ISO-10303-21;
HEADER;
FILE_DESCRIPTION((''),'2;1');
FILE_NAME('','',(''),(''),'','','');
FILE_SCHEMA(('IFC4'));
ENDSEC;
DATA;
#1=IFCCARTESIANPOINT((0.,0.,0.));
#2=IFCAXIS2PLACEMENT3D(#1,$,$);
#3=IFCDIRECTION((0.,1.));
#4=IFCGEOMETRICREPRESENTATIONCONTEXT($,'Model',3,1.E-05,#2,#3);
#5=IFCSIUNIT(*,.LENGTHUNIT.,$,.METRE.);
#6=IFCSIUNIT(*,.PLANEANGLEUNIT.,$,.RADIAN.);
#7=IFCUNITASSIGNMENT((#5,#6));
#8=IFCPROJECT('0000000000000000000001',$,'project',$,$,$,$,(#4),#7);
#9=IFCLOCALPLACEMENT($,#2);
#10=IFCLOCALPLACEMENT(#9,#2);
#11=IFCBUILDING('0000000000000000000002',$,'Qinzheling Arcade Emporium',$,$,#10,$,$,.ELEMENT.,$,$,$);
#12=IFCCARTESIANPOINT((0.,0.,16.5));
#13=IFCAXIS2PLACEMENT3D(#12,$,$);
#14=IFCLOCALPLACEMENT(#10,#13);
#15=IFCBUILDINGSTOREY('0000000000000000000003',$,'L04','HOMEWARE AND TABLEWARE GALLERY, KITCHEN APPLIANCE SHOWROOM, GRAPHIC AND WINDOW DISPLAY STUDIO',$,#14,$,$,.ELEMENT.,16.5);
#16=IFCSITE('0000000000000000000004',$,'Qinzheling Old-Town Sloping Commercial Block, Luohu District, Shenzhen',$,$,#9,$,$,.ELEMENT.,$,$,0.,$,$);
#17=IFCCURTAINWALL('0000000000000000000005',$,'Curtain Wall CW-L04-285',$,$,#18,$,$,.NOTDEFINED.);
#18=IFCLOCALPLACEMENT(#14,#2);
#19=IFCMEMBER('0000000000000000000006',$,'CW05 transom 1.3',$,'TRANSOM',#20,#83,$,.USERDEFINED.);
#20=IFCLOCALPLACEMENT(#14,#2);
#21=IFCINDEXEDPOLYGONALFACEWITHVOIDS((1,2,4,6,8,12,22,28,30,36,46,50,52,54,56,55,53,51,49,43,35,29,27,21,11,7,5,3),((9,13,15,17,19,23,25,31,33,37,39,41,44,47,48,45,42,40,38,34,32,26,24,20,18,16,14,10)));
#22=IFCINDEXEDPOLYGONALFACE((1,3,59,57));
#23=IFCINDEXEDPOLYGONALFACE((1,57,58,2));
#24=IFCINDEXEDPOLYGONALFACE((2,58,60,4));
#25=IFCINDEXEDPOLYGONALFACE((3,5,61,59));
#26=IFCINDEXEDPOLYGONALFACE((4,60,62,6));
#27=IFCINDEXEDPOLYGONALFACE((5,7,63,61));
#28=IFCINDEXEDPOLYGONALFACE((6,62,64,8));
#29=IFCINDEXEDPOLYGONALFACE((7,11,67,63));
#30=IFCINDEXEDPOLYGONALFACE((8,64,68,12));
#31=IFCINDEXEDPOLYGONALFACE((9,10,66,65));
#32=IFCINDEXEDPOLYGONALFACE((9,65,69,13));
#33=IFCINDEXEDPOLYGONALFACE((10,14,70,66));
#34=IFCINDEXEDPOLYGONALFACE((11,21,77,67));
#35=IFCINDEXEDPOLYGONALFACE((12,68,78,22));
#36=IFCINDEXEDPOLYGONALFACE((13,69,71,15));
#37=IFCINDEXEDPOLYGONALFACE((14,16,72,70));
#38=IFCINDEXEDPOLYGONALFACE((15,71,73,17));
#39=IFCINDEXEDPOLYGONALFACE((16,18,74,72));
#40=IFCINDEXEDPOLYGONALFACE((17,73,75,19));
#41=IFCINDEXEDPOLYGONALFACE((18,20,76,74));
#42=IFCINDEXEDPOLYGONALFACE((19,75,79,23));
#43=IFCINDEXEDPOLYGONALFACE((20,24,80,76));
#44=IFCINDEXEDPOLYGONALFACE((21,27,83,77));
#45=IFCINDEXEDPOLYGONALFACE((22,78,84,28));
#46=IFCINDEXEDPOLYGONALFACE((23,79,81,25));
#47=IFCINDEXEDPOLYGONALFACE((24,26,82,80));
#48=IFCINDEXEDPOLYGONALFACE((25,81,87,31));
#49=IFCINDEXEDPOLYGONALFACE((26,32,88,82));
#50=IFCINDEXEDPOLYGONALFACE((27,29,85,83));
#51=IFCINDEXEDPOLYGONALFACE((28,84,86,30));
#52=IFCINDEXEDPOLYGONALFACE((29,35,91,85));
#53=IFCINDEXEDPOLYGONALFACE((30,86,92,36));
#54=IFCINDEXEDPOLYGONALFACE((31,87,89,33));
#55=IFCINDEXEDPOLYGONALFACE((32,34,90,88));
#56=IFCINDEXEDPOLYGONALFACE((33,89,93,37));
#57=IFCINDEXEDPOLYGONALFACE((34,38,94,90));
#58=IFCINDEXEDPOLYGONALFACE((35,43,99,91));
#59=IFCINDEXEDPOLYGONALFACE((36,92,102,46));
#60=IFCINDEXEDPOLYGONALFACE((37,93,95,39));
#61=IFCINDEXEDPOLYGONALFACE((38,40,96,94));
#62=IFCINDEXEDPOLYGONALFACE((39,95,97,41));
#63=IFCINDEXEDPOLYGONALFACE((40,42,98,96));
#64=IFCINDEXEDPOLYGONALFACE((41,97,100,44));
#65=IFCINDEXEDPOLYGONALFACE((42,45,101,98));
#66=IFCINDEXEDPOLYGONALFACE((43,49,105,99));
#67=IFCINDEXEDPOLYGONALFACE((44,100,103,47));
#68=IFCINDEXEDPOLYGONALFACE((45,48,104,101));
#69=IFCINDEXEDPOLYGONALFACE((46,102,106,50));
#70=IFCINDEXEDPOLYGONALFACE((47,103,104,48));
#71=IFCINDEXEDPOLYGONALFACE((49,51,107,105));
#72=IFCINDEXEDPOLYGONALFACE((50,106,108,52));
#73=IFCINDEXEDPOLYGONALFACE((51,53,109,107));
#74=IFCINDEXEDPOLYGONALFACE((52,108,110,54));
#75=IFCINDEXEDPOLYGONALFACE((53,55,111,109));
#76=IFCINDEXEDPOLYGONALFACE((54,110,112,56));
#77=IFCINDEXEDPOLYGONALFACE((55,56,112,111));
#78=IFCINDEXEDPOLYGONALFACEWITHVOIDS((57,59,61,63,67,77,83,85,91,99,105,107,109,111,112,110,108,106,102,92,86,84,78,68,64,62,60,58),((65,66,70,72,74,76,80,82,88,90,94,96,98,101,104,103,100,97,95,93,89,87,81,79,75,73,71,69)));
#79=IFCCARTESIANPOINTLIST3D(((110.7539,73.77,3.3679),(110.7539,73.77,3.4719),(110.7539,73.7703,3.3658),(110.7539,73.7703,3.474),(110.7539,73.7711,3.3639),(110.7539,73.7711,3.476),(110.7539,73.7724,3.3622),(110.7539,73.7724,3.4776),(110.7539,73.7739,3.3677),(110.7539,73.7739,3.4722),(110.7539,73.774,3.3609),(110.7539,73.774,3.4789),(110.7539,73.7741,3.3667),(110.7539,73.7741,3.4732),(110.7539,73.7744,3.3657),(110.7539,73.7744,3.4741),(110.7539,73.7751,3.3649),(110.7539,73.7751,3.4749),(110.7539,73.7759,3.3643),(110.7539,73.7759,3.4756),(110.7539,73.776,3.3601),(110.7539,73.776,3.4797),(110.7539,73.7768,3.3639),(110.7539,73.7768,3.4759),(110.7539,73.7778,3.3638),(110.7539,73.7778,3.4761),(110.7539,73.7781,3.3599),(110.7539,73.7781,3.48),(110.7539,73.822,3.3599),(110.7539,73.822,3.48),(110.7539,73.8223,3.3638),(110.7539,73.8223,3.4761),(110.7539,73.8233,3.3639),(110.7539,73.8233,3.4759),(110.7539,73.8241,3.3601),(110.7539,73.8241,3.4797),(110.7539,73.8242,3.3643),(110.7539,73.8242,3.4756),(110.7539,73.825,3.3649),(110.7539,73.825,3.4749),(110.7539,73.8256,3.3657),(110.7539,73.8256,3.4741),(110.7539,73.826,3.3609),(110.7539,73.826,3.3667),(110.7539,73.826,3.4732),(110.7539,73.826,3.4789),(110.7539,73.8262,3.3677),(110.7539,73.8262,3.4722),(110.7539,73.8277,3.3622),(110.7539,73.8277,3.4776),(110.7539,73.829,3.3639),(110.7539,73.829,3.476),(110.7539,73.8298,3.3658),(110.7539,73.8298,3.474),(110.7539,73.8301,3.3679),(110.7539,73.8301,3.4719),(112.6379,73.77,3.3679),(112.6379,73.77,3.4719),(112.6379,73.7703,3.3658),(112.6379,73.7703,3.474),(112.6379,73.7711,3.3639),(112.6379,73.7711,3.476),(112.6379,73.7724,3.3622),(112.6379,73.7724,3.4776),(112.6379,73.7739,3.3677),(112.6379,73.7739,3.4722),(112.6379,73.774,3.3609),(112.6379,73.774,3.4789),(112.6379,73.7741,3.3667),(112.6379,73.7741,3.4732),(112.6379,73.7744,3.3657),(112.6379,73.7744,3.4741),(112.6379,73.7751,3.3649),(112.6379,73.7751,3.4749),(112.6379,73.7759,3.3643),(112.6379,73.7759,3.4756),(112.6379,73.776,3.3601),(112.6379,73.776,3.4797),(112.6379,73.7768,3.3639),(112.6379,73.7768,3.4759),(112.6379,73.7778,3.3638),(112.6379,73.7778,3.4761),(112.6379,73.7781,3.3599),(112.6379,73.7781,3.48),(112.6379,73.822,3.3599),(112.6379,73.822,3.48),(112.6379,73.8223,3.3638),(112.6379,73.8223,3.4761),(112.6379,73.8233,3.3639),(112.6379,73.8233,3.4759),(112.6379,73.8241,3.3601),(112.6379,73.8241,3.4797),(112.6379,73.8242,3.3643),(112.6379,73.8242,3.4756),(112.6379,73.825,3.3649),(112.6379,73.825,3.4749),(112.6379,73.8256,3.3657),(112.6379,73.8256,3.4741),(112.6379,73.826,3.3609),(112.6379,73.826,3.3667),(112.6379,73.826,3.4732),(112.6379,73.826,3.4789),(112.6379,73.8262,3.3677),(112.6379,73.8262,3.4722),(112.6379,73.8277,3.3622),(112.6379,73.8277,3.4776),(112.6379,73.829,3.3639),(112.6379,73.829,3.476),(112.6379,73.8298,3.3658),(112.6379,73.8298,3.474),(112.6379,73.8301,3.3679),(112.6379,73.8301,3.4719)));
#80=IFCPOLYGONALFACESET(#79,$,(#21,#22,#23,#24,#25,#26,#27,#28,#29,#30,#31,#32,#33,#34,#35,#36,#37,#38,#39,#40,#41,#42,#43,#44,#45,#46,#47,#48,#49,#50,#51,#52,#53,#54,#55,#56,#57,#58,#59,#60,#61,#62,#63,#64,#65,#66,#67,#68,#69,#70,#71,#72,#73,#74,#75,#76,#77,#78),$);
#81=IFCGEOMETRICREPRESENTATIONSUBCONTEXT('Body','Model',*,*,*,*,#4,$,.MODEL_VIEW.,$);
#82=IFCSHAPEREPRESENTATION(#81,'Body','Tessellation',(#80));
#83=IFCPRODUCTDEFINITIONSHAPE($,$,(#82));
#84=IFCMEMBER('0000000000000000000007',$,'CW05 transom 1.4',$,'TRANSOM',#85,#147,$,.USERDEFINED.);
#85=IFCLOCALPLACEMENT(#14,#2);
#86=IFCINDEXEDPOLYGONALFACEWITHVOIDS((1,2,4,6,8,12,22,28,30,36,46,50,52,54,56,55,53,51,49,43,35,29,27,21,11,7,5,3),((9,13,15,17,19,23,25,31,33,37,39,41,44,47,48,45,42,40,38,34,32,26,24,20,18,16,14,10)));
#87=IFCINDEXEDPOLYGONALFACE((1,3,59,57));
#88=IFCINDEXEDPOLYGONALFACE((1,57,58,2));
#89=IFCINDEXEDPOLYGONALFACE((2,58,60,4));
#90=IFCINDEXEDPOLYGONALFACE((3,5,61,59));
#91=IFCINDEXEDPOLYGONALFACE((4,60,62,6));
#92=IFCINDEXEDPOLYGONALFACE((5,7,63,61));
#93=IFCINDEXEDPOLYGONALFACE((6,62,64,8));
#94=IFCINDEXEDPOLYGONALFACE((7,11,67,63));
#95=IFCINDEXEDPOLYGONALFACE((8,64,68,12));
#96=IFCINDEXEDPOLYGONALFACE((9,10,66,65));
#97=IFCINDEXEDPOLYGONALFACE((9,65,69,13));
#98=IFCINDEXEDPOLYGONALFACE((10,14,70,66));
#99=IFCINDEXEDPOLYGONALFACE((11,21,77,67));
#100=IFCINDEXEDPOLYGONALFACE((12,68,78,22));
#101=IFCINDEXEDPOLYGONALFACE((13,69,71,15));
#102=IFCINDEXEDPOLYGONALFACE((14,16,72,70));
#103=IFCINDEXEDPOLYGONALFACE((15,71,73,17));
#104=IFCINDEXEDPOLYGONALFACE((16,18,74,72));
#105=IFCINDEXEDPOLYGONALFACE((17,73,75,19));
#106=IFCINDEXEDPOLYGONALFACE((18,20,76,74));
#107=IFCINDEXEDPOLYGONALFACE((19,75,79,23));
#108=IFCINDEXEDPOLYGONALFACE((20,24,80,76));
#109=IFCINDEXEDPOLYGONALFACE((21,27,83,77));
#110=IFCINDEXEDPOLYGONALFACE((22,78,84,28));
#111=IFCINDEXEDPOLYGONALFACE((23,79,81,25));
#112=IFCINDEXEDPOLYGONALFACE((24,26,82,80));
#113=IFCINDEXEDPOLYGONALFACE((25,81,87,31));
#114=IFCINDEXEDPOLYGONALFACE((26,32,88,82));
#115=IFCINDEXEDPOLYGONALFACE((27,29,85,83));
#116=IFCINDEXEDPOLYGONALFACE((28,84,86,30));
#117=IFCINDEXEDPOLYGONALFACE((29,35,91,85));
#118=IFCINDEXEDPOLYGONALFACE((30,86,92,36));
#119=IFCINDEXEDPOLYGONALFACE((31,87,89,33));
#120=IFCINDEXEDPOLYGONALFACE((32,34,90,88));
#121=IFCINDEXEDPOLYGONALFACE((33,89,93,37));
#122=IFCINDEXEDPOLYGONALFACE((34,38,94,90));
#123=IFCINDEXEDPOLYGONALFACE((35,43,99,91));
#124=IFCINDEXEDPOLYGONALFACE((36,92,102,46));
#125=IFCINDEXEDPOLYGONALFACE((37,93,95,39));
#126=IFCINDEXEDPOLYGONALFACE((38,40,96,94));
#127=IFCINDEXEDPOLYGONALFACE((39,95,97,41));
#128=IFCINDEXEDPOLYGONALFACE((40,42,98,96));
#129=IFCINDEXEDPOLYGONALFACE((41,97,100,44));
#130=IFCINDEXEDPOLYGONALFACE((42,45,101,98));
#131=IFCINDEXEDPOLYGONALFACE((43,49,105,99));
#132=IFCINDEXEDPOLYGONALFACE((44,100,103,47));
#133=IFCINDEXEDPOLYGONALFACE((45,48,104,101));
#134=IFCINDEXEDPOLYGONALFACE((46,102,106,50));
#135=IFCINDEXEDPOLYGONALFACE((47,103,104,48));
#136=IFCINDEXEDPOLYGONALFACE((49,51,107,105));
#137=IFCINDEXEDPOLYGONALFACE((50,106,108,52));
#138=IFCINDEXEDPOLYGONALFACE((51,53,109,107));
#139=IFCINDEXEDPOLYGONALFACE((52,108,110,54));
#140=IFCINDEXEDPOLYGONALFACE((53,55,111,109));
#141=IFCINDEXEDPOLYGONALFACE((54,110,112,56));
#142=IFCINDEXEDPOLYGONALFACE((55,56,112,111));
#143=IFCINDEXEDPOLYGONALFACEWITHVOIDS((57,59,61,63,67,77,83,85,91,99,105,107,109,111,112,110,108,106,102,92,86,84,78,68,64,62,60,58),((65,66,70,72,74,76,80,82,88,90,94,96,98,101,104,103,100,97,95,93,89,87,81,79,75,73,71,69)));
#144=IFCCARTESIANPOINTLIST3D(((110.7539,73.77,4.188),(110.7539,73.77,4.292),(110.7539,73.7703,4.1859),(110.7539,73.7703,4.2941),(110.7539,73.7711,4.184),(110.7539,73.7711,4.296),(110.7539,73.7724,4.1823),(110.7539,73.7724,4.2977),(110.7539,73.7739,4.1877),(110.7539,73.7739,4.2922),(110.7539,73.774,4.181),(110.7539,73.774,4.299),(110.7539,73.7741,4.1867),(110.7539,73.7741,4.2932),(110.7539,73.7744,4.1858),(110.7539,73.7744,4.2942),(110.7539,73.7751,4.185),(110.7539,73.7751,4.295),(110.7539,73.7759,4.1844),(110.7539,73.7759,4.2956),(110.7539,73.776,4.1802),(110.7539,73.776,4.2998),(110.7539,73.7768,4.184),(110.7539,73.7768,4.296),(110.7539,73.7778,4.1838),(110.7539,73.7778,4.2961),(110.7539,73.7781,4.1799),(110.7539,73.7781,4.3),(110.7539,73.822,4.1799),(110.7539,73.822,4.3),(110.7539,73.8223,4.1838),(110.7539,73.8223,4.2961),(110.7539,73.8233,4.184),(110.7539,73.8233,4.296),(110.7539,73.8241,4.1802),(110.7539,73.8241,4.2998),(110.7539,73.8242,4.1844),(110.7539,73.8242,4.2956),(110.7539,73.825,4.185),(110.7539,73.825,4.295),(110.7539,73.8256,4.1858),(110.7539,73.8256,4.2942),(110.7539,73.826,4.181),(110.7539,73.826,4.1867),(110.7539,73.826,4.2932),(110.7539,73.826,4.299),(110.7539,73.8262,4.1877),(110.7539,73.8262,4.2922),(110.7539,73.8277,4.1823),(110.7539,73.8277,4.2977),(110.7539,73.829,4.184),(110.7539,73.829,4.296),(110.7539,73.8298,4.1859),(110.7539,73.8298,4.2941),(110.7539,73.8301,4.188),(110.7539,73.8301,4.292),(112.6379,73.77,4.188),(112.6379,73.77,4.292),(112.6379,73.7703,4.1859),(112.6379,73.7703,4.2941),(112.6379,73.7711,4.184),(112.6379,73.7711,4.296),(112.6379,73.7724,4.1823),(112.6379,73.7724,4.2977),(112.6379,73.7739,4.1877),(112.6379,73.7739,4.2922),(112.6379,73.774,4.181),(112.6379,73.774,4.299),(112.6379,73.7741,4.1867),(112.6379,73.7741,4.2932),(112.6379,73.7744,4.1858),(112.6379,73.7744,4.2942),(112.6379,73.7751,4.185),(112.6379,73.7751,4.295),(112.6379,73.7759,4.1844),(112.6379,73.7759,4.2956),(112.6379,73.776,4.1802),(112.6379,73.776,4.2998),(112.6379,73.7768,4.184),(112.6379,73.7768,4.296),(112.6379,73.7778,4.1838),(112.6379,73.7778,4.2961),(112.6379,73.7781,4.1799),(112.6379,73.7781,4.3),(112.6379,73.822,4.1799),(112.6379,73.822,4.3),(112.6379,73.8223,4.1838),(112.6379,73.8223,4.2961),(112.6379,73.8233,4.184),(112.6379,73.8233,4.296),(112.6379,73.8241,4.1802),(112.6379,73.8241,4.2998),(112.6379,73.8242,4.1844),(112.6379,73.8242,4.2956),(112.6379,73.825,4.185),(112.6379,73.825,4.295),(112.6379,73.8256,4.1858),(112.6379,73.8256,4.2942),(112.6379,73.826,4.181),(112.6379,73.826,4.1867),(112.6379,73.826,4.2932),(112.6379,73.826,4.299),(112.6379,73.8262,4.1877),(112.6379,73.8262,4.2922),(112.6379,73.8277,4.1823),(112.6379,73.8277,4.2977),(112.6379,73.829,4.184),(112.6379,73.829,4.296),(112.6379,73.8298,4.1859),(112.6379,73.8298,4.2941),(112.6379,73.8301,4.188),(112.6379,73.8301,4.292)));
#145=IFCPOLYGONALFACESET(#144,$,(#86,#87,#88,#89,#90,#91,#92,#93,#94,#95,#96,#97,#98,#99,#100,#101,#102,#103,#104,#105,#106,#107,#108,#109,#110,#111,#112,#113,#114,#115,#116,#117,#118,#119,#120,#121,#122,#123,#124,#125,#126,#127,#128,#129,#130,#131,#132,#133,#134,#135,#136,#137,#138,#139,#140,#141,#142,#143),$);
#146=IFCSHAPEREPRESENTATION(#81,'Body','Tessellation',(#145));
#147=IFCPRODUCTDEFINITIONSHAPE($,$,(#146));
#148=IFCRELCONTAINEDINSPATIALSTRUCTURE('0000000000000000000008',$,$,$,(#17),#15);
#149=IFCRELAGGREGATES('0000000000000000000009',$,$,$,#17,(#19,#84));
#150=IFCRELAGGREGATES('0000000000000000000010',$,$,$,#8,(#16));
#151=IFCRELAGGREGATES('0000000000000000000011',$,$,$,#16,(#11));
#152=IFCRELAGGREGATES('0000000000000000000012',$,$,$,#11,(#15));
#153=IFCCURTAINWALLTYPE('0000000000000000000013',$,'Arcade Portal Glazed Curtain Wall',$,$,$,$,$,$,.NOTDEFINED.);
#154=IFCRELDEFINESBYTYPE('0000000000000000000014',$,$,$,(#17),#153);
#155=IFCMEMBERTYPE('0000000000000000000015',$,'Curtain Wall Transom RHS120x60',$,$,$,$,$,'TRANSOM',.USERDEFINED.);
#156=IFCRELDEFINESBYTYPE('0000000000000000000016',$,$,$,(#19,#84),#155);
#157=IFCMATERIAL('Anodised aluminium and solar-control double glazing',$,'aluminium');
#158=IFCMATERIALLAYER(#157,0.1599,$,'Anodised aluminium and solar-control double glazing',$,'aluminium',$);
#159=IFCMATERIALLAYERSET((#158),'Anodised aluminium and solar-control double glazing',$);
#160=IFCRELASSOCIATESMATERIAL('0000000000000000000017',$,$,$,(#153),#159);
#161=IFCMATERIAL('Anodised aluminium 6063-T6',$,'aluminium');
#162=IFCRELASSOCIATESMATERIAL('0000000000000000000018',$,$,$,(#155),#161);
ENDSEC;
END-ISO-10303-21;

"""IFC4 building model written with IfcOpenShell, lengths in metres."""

from ifc_helpers import new_model, si_unit, direction, frame, origin, origin_2d, place, context, subcontext, project, spatial, hollow_rectangle, extrude, material, layer, layer_set, material_profile, profile_set, type_object, element, aggregate, save


model = new_model("IFC4")

# Units and contexts
model_context = context("Model", 3, precision=1e-05, world=origin(), true_north=direction((0.0, 1.0)))
body_context = subcontext(model_context, "Body", "Model", "MODEL_VIEW")
ifc_project = project(units=[si_unit("LENGTHUNIT", "METRE"), si_unit("PLANEANGLEUNIT", "RADIAN")], contexts=[model_context])

# Site, building, storey
site_placement = place(None, origin())
site = spatial("IfcSite", under=ifc_project, at=site_placement, Name="Qinzheling Old-Town Sloping Commercial Block, Luohu District, Shenzhen", CompositionType="ELEMENT", RefElevation=0.0)
building_placement = place(site_placement, origin())
building = spatial("IfcBuilding", under=site, at=building_placement, Name="Qinzheling Arcade Emporium", CompositionType="ELEMENT")
storey_placement = place(building_placement, frame((0.0, 0.0, 16.5)))
storey = spatial("IfcBuildingStorey", under=building, at=storey_placement, Name="L04", Description="HOMEWARE AND TABLEWARE GALLERY, KITCHEN APPLIANCE SHOWROOM, GRAPHIC AND WINDOW DISPLAY STUDIO", CompositionType="ELEMENT", Elevation=16.5)

# Curtain wall, members
ifc_material_1 = material(Name="Anodised aluminium and solar-control double glazing", Category="aluminium")
ifc_layer_1 = layer(ifc_material_1, 0.1599, Name="Anodised aluminium and solar-control double glazing", Category="aluminium")
ifc_layer_set_1 = layer_set([ifc_layer_1], Name="Anodised aluminium and solar-control double glazing")
curtain_wall_type = type_object("IfcCurtainWallType", Name="Arcade Portal Glazed Curtain Wall", PredefinedType="NOTDEFINED", material=ifc_layer_set_1)
curtain_wall_placement = place(storey_placement, origin())
curtain_wall = element("IfcCurtainWall", 1, at=curtain_wall_placement, inside=storey, type_object=curtain_wall_type, Name="Curtain Wall CW-L04-285", PredefinedType="NOTDEFINED")
ifc_material_2 = material(Name="Anodised aluminium 6063-T6", Category="aluminium")
ifc_material_profile_1 = material_profile(ifc_material_2, hollow_rectangle(XDim=0.0601, YDim=0.1201, WallThickness=0.0039, InnerFilletRadius=0.0039, OuterFilletRadius=0.0081, at=origin_2d()), Name="RHS 120x60x4", Category="aluminium")
ifc_profile_set_1 = profile_set([ifc_material_profile_1], Name="Anodised aluminium 6063-T6")
member_type_1 = type_object("IfcMemberType", Name="Curtain Wall Transom RHS120x60", ElementType="TRANSOM", PredefinedType="USERDEFINED", material=ifc_profile_set_1)
member_1_placement = place(storey_placement, frame((112.6379, 73.8, 3.4199), z_axis=(-1.0, 0.0, 0.0), x_axis=(0.0, -1.0, 0.0)))
member_1 = element("IfcMember", 2, at=member_1_placement, type_object=member_type_1, Name="CW05 transom 1.3", ObjectType="TRANSOM", PredefinedType="USERDEFINED", context=body_context, shape_type="SweptSolid", body=[
    extrude(hollow_rectangle(XDim=0.0601, YDim=0.1201, WallThickness=0.0039, InnerFilletRadius=0.0039, OuterFilletRadius=0.0081, at=origin_2d()), origin(), (0.0, 0.0, 1.0), 1.884),
])
member_2_placement = place(storey_placement, frame((112.6379, 73.8, 4.24), z_axis=(-1.0, 0.0, 0.0), x_axis=(0.0, -1.0, 0.0)))
member_2 = element("IfcMember", 3, at=member_2_placement, type_object=member_type_1, Name="CW05 transom 1.4", ObjectType="TRANSOM", PredefinedType="USERDEFINED", context=body_context, shape_type="SweptSolid", body=[
    extrude(hollow_rectangle(XDim=0.0601, YDim=0.1201, WallThickness=0.0039, InnerFilletRadius=0.0039, OuterFilletRadius=0.0081, at=origin_2d()), origin(), (0.0, 0.0, 1.0), 1.884),
])

aggregate(curtain_wall, [member_1, member_2])

save(model, "model.ifc")
